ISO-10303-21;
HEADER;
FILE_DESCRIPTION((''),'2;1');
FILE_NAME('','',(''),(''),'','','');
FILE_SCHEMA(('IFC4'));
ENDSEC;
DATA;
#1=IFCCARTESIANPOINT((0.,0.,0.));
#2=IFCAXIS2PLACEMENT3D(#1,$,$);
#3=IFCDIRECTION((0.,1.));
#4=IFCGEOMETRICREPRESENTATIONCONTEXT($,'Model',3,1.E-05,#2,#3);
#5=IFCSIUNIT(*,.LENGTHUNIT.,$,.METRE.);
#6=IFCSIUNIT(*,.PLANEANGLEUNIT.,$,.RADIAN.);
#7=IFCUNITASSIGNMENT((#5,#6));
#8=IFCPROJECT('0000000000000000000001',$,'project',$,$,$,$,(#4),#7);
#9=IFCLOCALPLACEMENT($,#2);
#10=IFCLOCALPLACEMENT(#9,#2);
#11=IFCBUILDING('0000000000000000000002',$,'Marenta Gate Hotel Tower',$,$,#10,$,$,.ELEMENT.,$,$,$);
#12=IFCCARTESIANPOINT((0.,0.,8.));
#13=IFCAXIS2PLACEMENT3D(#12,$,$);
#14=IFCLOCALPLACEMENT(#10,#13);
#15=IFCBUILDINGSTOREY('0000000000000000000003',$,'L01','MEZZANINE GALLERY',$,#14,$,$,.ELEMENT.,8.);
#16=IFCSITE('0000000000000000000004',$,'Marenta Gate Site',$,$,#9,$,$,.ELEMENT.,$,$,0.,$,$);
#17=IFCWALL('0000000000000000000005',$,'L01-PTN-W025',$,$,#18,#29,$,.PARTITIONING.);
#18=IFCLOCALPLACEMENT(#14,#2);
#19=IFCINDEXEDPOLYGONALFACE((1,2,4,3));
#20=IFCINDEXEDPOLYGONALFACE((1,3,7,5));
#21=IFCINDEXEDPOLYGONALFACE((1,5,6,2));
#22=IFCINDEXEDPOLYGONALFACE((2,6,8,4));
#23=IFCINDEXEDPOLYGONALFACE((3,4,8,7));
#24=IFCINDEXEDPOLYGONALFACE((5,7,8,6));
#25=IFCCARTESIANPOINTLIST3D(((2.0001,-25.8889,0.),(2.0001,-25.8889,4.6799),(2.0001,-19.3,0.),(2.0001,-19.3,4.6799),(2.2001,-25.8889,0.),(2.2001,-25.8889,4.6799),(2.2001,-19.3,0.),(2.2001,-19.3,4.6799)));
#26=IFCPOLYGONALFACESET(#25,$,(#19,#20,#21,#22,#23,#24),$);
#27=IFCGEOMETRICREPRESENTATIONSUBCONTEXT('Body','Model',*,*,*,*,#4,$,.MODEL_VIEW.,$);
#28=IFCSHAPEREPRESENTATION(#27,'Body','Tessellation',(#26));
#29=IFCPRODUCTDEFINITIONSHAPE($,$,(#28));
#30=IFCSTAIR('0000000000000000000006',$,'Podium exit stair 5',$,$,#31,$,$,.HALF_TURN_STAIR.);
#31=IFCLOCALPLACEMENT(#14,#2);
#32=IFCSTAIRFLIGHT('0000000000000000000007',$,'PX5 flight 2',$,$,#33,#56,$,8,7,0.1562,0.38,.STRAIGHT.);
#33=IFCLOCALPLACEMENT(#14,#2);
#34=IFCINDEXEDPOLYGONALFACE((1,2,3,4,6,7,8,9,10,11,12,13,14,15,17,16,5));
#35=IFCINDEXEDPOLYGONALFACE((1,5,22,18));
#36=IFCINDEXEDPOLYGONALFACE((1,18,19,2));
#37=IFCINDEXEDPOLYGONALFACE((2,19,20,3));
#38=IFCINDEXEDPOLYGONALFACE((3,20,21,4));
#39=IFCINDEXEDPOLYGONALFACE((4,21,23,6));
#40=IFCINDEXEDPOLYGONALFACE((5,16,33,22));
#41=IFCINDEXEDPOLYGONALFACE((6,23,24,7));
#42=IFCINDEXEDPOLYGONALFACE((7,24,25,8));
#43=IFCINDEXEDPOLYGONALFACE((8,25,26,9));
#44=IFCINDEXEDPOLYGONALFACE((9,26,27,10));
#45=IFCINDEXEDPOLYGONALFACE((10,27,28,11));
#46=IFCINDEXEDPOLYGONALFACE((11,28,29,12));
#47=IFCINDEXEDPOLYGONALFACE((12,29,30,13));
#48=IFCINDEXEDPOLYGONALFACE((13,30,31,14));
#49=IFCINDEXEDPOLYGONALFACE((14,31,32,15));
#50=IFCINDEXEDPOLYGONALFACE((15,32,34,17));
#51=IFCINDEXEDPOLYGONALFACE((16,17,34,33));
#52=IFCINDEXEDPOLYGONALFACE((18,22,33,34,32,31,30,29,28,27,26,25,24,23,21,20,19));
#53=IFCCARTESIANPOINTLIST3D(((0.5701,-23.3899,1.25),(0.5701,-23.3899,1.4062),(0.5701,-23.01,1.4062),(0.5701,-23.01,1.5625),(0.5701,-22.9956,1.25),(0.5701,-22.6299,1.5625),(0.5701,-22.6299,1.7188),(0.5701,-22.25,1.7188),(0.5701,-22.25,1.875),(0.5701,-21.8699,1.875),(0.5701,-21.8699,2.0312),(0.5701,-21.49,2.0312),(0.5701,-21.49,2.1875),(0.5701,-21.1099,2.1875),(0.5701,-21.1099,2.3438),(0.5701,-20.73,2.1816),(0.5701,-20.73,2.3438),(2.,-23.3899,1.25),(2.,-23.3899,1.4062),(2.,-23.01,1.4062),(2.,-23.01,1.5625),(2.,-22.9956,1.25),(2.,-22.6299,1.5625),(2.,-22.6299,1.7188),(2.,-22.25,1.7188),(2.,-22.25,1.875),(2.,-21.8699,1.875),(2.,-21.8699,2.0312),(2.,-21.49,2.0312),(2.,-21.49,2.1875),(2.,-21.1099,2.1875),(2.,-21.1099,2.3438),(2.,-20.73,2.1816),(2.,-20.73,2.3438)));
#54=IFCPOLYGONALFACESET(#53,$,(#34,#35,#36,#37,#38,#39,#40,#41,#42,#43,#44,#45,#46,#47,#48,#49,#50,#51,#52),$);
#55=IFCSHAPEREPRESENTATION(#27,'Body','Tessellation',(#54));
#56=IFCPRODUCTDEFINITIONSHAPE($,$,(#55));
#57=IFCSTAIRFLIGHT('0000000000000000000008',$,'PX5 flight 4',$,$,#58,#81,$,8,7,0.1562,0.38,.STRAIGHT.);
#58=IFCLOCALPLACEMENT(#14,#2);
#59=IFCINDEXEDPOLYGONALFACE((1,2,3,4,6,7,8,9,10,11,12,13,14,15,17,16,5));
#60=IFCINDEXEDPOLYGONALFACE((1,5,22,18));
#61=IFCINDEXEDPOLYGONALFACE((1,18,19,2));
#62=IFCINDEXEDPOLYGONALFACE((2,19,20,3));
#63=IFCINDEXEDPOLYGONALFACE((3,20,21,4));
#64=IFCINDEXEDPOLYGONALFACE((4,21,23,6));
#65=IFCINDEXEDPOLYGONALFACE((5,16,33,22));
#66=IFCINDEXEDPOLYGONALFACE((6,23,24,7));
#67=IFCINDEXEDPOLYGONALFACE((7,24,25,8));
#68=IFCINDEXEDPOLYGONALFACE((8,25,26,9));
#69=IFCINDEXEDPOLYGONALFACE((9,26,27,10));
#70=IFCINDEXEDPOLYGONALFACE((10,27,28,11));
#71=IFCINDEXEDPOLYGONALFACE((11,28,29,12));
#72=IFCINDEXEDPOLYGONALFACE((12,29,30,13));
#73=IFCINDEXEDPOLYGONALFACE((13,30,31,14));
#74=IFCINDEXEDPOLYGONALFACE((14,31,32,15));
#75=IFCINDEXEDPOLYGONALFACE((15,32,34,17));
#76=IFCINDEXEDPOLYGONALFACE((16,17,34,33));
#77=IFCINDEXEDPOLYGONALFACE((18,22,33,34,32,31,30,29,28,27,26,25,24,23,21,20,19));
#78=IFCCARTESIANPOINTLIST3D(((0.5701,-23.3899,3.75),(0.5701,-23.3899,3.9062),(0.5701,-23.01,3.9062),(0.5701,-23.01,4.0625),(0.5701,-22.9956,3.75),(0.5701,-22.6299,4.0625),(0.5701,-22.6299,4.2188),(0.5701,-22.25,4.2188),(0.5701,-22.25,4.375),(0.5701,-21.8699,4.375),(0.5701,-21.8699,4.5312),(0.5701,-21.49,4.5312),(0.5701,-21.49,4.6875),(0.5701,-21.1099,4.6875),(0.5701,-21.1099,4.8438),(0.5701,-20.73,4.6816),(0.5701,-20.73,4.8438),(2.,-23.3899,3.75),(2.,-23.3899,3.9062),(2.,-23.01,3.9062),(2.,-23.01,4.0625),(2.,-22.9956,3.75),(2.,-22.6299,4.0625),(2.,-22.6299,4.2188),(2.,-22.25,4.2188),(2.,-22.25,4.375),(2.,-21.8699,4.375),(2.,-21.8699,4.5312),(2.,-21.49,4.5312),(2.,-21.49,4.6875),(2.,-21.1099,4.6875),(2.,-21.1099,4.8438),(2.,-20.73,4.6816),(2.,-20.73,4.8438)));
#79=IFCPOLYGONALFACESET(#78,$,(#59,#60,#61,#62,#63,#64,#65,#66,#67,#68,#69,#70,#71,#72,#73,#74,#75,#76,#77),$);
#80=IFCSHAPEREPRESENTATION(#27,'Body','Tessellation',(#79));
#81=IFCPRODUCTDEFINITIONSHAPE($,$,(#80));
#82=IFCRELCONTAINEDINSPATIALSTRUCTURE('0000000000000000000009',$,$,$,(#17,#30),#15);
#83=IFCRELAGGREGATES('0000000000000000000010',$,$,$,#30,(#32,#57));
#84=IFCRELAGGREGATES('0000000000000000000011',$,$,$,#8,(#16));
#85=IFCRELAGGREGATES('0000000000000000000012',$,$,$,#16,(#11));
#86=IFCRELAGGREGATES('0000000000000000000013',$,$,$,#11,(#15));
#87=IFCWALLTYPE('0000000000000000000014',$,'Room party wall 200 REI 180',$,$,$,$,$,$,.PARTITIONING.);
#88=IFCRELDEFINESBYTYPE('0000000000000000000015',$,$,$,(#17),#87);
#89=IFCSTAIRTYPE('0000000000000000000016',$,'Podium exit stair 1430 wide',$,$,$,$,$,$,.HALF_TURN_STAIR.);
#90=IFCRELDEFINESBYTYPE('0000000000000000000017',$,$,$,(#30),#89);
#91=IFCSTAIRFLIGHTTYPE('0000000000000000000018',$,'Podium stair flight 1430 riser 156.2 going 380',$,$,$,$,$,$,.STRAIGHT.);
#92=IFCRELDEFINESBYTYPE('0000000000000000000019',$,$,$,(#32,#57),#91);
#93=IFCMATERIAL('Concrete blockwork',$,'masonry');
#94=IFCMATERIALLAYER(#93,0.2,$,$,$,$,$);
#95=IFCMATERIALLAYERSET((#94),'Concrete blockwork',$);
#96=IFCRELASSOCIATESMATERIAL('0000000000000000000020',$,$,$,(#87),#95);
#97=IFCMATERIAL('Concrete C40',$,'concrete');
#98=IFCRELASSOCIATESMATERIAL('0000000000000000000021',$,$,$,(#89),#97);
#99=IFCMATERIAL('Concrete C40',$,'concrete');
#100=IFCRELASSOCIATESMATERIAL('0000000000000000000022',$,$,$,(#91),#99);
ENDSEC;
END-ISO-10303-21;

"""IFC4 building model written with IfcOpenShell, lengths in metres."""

from ifc_helpers import new_model, si_unit, direction, frame, frame_2d, origin, place, context, subcontext, project, spatial, polyline, rectangle, outline, extrude, material, layer, layer_set, type_object, element, aggregate, save


model = new_model("IFC4")

# Units and contexts
model_context = context("Model", 3, precision=1e-05, world=origin(), true_north=direction((0.0, 1.0)))
body_context = subcontext(model_context, "Body", "Model", "MODEL_VIEW")
ifc_project = project(units=[si_unit("LENGTHUNIT", "METRE"), si_unit("PLANEANGLEUNIT", "RADIAN")], contexts=[model_context])

# Site, building, storey
site_placement = place(None, origin())
site = spatial("IfcSite", under=ifc_project, at=site_placement, Name="Marenta Gate Site", CompositionType="ELEMENT", RefElevation=0.0)
building_placement = place(site_placement, origin())
building = spatial("IfcBuilding", under=site, at=building_placement, Name="Marenta Gate Hotel Tower", CompositionType="ELEMENT")
storey_placement = place(building_placement, frame((0.0, 0.0, 8.0)))
storey = spatial("IfcBuildingStorey", under=building, at=storey_placement, Name="L01", Description="MEZZANINE GALLERY", CompositionType="ELEMENT", Elevation=8.0)

# Wall
ifc_material_1 = material(Name="Concrete blockwork", Category="masonry")
ifc_layer_1 = layer(ifc_material_1, 0.2)
ifc_layer_set_1 = layer_set([ifc_layer_1], Name="Concrete blockwork")
wall_type_1 = type_object("IfcWallType", Name="Room party wall 200 REI 180", PredefinedType="PARTITIONING", material=ifc_layer_set_1)
wall_1_placement = place(storey_placement, frame((2.1001, -25.8889, 0.0), z_axis=(0.0, 0.0, 1.0), x_axis=(0.0, 1.0, 0.0)))
element("IfcWall", 1, at=wall_1_placement, inside=storey, type_object=wall_type_1, Name="L01-PTN-W025", PredefinedType="PARTITIONING", context=body_context, shape_type="SweptSolid", body=[
    extrude(rectangle(XDim=6.5889, YDim=0.2, at=frame_2d((3.2944, 0.0))), origin(), (0.0, 0.0, 1.0), 4.6799),
])

# Stair, stair flights
ifc_material_2 = material(Name="Concrete C40", Category="concrete")
stair_type = type_object("IfcStairType", Name="Podium exit stair 1430 wide", PredefinedType="HALF_TURN_STAIR", material=ifc_material_2)
stair_placement = place(storey_placement, origin())
stair = element("IfcStair", 2, at=stair_placement, inside=storey, type_object=stair_type, Name="Podium exit stair 5", PredefinedType="HALF_TURN_STAIR")
ifc_material_3 = material(Name="Concrete C40", Category="concrete")
stair_flight_type = type_object("IfcStairFlightType", Name="Podium stair flight 1430 riser 156.2 going 380", PredefinedType="STRAIGHT", material=ifc_material_3)
stair_flight_1_placement = place(storey_placement, frame((1.2849, -23.3899, 1.25), z_axis=(0.0, 0.0, 1.0), x_axis=(0.0, 1.0, 0.0)))
stair_flight_1 = element("IfcStairFlight", 3, at=stair_flight_1_placement, type_object=stair_flight_type, Name="PX5 flight 2", NumberOfRisers=8, NumberOfTreads=7, PredefinedType="STRAIGHT", RiserHeight=0.1562, TreadLength=0.38, context=body_context, shape_type="SweptSolid", body=[
    extrude(outline(polyline([(0.0, 0.0), (0.0, 0.1562), (0.3799, 0.1562), (0.3799, 0.3125), (0.76, 0.3125), (0.76, 0.4688), (1.1399, 0.4688), (1.1399, 0.625), (1.52, 0.625), (1.52, 0.7812), (1.8999, 0.7812), (1.8999, 0.9375), (2.28, 0.9375), (2.28, 1.0938), (2.6599, 1.0938), (2.6599, 1.25), (2.6599, 0.9316), (0.3943, 0.0), (0.0, 0.0)])), frame((0.0, 0.7148, 0.0), z_axis=(0.0, -1.0, 0.0), x_axis=(1.0, 0.0, 0.0)), (0.0, 0.0, 1.0), 1.4299),
])
stair_flight_2_placement = place(storey_placement, frame((1.2849, -23.3899, 3.75), z_axis=(0.0, 0.0, 1.0), x_axis=(0.0, 1.0, 0.0)))
stair_flight_2 = element("IfcStairFlight", 4, at=stair_flight_2_placement, type_object=stair_flight_type, Name="PX5 flight 4", NumberOfRisers=8, NumberOfTreads=7, PredefinedType="STRAIGHT", RiserHeight=0.1562, TreadLength=0.38, context=body_context, shape_type="SweptSolid", body=[
    extrude(outline(polyline([(0.0, 0.0), (0.0, 0.1562), (0.3799, 0.1562), (0.3799, 0.3125), (0.76, 0.3125), (0.76, 0.4688), (1.1399, 0.4688), (1.1399, 0.625), (1.52, 0.625), (1.52, 0.7812), (1.8999, 0.7812), (1.8999, 0.9375), (2.28, 0.9375), (2.28, 1.0938), (2.6599, 1.0938), (2.6599, 1.25), (2.6599, 0.9316), (0.3943, 0.0), (0.0, 0.0)])), frame((0.0, 0.7148, 0.0), z_axis=(0.0, -1.0, 0.0), x_axis=(1.0, 0.0, 0.0)), (0.0, 0.0, 1.0), 1.4299),
])
aggregate(stair, [stair_flight_1, stair_flight_2])

save(model, "model.ifc")
